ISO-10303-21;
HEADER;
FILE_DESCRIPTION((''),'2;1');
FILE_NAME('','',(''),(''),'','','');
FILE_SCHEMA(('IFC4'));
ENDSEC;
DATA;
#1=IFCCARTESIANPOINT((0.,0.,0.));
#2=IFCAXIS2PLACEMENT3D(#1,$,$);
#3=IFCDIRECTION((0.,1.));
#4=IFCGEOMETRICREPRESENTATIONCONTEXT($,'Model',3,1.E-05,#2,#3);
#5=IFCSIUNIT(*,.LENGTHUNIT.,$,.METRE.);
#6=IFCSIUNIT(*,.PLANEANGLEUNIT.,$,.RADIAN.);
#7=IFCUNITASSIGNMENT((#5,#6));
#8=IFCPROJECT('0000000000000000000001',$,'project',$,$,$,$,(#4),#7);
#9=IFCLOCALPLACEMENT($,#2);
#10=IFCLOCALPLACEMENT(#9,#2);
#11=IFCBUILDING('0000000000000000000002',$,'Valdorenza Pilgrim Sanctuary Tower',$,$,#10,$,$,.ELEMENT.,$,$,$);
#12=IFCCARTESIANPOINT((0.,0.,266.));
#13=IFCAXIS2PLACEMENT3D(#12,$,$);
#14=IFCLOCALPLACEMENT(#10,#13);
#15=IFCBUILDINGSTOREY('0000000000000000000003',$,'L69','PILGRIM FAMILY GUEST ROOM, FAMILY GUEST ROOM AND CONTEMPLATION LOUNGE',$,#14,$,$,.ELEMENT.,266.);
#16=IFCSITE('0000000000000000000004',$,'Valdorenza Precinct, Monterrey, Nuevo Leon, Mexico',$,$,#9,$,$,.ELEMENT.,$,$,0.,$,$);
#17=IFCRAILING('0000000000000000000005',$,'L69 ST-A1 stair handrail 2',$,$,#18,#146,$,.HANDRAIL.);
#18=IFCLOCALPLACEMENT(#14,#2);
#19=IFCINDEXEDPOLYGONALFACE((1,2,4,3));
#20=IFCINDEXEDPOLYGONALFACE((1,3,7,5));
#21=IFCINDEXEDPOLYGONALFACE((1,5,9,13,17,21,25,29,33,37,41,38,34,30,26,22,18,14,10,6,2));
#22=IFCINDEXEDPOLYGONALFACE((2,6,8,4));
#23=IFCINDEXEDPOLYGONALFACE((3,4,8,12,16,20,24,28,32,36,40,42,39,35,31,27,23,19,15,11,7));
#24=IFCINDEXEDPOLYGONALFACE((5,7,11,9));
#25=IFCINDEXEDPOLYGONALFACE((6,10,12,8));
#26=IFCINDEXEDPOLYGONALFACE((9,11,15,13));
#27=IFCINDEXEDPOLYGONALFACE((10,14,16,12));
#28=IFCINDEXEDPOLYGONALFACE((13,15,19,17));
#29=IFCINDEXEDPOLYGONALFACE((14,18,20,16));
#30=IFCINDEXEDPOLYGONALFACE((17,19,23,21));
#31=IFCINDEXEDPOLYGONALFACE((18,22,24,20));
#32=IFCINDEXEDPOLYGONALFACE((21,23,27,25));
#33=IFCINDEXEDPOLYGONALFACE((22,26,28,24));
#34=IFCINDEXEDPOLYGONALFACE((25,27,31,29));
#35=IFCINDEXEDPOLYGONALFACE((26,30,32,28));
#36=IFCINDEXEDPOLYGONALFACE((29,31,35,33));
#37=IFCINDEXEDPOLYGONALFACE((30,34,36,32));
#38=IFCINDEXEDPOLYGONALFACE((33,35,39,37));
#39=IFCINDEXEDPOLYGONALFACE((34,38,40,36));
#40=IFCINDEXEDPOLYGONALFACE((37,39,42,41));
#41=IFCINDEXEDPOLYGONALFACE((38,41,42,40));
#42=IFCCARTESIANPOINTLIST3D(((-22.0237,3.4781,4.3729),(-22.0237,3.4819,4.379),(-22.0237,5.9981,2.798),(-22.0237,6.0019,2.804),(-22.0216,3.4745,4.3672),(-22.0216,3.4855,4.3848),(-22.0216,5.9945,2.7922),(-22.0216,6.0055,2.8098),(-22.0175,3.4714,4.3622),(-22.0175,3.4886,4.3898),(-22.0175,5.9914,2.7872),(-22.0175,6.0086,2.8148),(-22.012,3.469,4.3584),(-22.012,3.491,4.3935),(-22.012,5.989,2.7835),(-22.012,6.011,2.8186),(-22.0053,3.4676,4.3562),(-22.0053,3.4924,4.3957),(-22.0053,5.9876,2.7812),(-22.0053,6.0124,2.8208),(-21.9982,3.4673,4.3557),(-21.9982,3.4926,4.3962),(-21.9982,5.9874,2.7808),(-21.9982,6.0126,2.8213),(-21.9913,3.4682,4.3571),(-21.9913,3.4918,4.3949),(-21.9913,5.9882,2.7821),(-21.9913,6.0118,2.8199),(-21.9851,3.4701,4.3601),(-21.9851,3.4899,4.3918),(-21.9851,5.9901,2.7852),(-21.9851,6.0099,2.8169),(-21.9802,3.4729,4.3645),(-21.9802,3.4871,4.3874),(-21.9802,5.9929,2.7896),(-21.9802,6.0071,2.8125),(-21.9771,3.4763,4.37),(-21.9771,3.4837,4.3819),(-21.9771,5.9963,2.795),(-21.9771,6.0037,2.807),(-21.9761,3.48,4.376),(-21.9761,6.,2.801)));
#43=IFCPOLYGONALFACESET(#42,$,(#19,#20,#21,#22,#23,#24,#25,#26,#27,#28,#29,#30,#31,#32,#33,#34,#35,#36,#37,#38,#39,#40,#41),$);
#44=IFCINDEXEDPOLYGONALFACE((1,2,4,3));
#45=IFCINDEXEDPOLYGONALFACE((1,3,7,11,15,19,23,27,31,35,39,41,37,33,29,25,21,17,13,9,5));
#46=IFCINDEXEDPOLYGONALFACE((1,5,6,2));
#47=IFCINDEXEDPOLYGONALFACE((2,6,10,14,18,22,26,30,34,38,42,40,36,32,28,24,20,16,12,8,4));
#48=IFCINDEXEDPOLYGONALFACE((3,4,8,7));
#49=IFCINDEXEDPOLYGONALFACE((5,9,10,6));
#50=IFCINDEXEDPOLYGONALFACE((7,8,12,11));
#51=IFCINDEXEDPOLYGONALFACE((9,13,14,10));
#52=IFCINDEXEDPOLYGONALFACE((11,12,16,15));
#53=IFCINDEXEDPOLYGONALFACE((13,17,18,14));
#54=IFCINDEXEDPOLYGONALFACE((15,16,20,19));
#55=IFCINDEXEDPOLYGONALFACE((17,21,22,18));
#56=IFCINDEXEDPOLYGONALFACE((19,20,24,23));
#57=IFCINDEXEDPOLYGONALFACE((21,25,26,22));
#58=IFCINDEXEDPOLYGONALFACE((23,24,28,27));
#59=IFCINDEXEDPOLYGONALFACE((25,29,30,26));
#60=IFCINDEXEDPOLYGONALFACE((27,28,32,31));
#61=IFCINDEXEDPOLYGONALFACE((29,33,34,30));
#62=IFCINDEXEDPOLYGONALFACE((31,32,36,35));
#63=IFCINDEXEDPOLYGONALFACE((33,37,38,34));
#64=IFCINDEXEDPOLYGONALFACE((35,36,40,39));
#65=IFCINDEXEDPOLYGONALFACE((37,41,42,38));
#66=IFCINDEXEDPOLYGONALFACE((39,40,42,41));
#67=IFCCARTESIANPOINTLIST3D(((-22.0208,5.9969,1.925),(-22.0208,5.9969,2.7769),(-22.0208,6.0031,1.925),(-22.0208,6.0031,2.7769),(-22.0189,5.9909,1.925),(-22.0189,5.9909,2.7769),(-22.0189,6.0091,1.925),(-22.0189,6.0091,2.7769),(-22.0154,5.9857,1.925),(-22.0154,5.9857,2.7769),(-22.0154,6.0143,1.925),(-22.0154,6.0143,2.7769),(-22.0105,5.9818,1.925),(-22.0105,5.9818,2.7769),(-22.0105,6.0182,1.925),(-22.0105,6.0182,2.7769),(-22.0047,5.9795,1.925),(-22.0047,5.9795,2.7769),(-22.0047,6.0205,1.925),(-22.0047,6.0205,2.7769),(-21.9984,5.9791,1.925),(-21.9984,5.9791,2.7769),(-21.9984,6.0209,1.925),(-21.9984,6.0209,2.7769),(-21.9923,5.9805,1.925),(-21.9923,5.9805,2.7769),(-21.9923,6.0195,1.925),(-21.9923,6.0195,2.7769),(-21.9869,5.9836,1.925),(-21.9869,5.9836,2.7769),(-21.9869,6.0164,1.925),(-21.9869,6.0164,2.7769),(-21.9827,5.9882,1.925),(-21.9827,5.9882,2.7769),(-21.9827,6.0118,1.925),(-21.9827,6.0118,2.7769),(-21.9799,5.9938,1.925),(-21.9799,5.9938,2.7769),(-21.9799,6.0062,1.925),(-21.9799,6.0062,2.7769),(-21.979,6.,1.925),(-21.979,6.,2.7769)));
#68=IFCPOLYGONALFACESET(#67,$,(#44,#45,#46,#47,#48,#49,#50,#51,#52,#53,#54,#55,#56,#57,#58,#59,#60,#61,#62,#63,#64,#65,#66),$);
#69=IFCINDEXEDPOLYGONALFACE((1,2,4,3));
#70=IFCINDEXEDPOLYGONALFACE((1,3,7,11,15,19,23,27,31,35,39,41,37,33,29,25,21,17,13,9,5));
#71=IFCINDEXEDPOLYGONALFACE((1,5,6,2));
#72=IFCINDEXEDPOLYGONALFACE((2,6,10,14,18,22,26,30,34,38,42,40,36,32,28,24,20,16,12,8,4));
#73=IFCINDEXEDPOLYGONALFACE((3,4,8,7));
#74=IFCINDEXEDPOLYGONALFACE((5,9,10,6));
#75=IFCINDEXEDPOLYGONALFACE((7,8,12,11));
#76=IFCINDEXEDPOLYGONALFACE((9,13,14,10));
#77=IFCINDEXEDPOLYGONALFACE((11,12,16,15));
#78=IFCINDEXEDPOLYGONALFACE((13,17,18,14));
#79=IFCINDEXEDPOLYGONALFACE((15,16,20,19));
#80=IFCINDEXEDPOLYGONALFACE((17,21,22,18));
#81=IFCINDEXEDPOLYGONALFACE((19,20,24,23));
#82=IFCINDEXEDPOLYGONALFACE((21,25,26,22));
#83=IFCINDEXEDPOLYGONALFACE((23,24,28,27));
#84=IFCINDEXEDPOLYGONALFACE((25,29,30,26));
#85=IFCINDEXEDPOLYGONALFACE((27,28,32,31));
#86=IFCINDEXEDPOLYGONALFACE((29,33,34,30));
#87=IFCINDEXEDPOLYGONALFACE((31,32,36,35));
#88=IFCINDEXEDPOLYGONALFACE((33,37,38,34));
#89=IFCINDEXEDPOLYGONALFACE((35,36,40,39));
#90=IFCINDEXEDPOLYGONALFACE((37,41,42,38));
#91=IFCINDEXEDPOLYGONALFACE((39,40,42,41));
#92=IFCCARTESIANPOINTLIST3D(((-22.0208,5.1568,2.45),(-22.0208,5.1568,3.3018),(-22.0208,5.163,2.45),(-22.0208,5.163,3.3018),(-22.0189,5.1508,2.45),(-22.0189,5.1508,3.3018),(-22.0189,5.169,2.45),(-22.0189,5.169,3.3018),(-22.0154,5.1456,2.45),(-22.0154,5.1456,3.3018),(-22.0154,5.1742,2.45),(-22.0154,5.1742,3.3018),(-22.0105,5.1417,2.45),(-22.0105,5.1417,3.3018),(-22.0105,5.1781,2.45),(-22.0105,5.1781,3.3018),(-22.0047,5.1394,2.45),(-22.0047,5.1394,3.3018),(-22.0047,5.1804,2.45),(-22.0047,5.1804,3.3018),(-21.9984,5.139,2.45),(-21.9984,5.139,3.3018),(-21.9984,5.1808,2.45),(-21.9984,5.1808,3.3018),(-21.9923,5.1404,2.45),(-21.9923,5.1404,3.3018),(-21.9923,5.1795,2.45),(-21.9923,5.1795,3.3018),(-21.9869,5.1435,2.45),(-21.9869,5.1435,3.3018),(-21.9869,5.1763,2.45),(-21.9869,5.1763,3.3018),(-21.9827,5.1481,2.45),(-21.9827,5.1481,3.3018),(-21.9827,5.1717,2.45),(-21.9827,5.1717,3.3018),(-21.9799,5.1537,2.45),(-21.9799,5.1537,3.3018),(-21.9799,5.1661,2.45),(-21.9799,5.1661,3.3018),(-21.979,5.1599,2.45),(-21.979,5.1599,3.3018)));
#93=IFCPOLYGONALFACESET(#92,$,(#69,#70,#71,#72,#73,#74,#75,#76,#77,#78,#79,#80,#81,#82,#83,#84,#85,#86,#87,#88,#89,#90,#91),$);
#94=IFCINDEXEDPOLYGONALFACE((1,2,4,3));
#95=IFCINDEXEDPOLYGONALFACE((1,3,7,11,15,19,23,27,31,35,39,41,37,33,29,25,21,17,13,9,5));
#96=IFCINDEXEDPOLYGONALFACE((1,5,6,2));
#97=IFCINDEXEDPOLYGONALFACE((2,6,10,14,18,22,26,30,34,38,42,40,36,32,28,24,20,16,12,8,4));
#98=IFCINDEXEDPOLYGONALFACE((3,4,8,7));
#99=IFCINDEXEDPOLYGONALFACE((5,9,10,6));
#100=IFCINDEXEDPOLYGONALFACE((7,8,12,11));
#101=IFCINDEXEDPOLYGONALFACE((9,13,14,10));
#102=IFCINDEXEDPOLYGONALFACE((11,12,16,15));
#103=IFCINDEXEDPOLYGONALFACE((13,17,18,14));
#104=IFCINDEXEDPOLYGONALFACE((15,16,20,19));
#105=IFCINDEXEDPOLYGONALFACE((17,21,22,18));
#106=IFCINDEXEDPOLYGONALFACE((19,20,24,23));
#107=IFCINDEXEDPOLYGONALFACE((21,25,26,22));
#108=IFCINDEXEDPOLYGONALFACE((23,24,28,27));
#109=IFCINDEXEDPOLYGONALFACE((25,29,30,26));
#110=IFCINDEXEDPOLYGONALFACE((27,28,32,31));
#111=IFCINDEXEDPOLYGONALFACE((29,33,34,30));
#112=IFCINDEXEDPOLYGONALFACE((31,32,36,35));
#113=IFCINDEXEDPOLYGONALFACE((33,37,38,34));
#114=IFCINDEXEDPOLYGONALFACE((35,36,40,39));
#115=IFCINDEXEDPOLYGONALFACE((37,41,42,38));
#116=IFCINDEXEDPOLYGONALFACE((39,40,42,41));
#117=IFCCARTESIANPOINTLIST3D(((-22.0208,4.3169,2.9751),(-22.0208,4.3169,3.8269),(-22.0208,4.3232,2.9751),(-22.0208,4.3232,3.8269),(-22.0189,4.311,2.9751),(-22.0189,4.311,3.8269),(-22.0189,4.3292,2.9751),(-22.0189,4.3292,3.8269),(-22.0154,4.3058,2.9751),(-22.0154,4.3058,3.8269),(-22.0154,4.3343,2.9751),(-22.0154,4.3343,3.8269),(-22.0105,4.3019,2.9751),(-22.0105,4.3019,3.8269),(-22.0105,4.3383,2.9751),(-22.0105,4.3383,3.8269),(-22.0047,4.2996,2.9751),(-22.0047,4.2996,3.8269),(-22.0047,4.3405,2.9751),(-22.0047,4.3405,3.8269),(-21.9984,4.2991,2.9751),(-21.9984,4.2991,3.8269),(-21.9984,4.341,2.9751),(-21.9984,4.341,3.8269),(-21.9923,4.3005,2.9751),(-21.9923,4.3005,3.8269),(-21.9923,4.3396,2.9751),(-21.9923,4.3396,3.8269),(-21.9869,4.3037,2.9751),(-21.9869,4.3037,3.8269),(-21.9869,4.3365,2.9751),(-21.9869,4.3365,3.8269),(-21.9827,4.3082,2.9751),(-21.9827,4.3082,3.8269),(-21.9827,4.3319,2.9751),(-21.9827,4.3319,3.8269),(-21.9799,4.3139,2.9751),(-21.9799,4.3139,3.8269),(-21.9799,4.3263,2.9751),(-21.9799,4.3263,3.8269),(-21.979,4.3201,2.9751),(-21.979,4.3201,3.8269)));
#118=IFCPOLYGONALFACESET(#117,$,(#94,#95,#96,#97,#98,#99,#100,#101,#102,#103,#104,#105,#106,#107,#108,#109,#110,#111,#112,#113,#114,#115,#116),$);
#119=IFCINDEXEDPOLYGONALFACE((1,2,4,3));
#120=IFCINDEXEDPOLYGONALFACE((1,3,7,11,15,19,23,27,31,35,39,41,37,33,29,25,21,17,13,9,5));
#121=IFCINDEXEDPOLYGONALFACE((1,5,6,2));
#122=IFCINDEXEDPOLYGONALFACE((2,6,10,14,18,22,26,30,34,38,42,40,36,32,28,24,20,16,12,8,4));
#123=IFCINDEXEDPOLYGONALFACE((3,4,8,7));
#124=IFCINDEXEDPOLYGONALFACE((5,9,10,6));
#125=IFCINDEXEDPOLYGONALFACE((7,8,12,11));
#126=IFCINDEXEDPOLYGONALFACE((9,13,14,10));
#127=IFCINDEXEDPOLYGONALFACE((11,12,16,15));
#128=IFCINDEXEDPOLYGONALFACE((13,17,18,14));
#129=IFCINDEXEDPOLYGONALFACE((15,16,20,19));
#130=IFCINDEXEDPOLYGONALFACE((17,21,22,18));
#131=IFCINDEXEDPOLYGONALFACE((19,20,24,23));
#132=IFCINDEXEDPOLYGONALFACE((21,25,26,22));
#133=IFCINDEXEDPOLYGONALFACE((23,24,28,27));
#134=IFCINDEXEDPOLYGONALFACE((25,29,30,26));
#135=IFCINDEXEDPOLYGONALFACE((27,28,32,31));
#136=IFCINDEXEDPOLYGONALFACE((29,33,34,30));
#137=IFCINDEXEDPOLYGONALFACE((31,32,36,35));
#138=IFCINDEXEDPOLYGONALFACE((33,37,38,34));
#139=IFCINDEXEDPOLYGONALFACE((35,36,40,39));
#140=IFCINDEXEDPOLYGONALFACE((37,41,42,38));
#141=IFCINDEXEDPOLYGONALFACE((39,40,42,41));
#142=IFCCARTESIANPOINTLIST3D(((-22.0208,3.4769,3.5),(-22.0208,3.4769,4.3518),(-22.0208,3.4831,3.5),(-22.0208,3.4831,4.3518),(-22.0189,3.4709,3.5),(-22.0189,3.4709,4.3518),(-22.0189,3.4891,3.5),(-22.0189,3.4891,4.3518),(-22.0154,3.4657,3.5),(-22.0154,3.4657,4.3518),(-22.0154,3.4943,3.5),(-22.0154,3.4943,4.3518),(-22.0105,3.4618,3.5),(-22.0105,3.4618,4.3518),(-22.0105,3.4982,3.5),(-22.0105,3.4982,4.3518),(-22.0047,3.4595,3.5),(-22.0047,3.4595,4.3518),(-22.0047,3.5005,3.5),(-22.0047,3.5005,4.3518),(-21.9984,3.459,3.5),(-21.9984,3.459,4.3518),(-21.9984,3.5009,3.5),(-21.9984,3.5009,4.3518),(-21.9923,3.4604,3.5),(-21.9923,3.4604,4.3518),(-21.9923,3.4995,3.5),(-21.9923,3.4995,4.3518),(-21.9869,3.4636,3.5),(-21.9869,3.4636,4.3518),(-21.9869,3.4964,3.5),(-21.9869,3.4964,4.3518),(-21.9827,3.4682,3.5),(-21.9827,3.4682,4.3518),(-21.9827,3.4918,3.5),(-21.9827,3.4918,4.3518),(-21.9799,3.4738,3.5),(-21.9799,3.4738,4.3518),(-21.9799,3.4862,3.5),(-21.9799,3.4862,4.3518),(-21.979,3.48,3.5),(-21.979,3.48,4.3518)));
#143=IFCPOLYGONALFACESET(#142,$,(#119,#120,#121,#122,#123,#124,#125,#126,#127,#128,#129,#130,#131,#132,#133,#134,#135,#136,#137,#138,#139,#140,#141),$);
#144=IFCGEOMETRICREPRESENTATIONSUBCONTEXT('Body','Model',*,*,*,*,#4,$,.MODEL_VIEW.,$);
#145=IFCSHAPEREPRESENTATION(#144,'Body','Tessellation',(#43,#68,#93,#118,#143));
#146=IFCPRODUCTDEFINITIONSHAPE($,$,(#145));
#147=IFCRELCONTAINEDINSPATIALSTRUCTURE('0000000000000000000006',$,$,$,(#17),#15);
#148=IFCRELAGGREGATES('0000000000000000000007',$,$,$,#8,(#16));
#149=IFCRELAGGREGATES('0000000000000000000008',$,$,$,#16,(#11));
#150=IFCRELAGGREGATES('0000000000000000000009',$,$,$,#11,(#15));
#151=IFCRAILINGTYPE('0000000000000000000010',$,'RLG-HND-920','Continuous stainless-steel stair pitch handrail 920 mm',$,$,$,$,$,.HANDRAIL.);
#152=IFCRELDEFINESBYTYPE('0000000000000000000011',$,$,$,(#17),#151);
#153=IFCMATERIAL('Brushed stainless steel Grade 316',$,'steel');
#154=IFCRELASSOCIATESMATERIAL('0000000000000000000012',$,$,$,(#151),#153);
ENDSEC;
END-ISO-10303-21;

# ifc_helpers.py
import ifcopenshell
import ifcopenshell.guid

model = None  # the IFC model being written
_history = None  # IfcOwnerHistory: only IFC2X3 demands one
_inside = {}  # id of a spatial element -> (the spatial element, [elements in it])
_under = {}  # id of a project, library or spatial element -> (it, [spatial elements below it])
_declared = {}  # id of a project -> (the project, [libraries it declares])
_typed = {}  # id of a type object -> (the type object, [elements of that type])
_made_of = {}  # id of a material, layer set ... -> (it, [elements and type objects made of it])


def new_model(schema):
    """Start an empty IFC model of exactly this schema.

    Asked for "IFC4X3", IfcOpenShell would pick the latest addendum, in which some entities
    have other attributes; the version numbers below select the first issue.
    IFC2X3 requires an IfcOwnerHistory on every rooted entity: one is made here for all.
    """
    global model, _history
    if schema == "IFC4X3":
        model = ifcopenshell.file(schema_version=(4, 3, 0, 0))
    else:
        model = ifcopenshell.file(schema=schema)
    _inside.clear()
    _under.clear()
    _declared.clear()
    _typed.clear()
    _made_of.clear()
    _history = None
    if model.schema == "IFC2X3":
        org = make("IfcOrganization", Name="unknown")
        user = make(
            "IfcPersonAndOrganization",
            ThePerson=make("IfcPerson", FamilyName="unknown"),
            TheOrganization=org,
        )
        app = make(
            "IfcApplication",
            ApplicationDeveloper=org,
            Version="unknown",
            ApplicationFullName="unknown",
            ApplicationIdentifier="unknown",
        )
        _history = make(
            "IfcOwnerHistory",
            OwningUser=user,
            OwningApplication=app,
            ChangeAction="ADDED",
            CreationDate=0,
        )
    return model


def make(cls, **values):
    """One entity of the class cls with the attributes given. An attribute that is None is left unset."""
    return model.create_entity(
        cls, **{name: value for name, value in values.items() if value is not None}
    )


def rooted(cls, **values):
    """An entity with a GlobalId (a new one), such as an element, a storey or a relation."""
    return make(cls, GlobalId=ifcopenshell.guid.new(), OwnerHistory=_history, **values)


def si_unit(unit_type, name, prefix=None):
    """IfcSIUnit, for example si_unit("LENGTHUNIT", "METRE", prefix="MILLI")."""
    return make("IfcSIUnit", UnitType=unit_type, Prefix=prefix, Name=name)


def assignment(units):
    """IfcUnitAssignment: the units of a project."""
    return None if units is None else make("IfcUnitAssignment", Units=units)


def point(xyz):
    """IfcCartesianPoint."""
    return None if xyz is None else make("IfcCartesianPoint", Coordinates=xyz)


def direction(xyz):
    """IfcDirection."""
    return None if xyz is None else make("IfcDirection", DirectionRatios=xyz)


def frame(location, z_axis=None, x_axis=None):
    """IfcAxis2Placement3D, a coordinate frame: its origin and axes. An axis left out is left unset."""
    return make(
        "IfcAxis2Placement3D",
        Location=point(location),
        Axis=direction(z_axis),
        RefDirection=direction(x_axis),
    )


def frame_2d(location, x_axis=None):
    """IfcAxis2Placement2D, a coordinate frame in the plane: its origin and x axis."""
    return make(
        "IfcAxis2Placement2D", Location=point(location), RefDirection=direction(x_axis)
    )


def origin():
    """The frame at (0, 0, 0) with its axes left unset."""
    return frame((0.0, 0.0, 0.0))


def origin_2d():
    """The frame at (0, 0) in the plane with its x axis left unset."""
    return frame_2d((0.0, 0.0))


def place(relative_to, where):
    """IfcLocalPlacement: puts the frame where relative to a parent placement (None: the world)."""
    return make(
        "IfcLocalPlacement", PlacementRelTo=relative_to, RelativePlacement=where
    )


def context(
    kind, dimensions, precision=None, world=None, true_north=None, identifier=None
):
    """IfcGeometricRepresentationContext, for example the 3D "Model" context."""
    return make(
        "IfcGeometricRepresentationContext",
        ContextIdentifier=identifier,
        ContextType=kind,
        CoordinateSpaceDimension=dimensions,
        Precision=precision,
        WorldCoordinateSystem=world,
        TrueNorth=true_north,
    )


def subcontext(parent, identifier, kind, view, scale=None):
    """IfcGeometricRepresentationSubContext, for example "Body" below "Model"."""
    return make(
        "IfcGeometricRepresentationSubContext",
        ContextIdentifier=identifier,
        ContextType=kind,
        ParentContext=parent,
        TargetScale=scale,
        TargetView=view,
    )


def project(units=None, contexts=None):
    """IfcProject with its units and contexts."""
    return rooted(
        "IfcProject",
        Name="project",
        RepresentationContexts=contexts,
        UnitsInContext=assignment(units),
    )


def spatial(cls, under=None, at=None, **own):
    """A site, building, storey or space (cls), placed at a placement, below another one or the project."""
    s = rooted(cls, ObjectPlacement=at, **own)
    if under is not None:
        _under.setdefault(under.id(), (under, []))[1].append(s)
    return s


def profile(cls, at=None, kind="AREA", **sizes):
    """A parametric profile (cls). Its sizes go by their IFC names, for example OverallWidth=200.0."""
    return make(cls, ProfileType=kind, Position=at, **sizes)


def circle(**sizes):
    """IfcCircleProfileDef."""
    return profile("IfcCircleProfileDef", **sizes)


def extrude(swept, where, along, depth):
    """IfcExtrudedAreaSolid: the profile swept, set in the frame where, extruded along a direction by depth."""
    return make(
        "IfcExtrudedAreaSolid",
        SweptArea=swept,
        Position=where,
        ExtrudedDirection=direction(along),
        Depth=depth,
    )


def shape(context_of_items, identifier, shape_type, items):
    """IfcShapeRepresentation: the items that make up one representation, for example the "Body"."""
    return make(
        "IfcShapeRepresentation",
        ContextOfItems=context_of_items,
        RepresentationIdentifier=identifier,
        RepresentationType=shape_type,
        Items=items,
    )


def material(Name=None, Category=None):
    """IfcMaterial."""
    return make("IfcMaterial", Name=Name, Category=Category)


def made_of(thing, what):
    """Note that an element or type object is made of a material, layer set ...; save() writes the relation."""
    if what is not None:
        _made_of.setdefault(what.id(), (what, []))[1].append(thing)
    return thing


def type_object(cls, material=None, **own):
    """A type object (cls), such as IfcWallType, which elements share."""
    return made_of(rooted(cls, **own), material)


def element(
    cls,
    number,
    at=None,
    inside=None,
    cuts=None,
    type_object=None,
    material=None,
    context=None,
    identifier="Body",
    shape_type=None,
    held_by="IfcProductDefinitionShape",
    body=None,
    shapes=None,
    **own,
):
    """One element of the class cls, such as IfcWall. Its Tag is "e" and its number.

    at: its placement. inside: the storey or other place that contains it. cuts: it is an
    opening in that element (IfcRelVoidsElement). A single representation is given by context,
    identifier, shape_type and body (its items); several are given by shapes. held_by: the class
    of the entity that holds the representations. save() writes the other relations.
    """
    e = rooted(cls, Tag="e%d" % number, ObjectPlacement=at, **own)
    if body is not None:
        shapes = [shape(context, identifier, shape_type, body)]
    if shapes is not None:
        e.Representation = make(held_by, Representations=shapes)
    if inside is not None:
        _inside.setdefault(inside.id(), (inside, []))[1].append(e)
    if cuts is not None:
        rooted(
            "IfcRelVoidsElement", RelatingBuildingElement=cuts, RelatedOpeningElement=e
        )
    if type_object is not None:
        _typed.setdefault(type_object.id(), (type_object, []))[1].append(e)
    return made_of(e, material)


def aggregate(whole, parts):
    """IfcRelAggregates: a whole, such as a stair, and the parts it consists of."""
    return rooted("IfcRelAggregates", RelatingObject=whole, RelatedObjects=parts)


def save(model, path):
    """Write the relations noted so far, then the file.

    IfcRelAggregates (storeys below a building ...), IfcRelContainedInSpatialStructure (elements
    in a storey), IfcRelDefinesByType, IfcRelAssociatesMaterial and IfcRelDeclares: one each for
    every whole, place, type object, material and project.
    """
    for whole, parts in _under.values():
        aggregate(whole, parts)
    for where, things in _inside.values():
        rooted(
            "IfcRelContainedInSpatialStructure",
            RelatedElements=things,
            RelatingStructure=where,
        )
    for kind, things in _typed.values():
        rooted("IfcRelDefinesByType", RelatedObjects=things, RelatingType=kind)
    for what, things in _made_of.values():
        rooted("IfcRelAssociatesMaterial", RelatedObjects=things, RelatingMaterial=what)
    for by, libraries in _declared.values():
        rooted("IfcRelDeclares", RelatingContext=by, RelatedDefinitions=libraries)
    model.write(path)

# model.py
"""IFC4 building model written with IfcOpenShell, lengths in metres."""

from ifc_helpers import new_model, si_unit, direction, frame, origin, origin_2d, place, context, subcontext, project, spatial, circle, extrude, material, type_object, element, save


model = new_model("IFC4")

# Units and contexts
model_context = context("Model", 3, precision=1e-05, world=origin(), true_north=direction((0.0, 1.0)))
body_context = subcontext(model_context, "Body", "Model", "MODEL_VIEW")
ifc_project = project(units=[si_unit("LENGTHUNIT", "METRE"), si_unit("PLANEANGLEUNIT", "RADIAN")], contexts=[model_context])

# Site, building, storey
site_placement = place(None, origin())
site = spatial("IfcSite", under=ifc_project, at=site_placement, Name="Valdorenza Precinct, Monterrey, Nuevo Leon, Mexico", CompositionType="ELEMENT", RefElevation=0.0)
building_placement = place(site_placement, origin())
building = spatial("IfcBuilding", under=site, at=building_placement, Name="Valdorenza Pilgrim Sanctuary Tower", CompositionType="ELEMENT")
storey_placement = place(building_placement, frame((0.0, 0.0, 266.0)))
storey = spatial("IfcBuildingStorey", under=building, at=storey_placement, Name="L69", Description="PILGRIM FAMILY GUEST ROOM, FAMILY GUEST ROOM AND CONTEMPLATION LOUNGE", CompositionType="ELEMENT", Elevation=266.0)

# Shared definitions
ifc_material_1 = material(Name="Brushed stainless steel Grade 316", Category="steel")

# Railing
railing_type_1 = type_object("IfcRailingType", Name="RLG-HND-920", Description="Continuous stainless-steel stair pitch handrail 920 mm", PredefinedType="HANDRAIL", material=ifc_material_1)
railing_1_placement = place(storey_placement, frame((-22.0, 6.0, 1.925)))
element("IfcRailing", 1, at=railing_1_placement, inside=storey, type_object=railing_type_1, Name="L69 ST-A1 stair handrail 2", PredefinedType="HANDRAIL", context=body_context, shape_type="SweptSolid", body=[
    extrude(circle(Radius=0.0239, at=origin_2d()), frame((0.0, 0.0, 0.876), z_axis=(0.0, -0.848008, 0.529984), x_axis=(1.0, 0.0, 0.0)), (0.0, 0.0, 1.0), 2.9717),
    extrude(circle(Radius=0.021, at=origin_2d()), origin(), (0.0, 0.0, 1.0), 0.8518),
    extrude(circle(Radius=0.021, at=origin_2d()), frame((0.0, -0.8401, 0.5249)), (0.0, 0.0, 1.0), 0.8518),
    extrude(circle(Radius=0.021, at=origin_2d()), frame((0.0, -1.6799, 1.05)), (0.0, 0.0, 1.0), 0.8518),
    extrude(circle(Radius=0.021, at=origin_2d()), frame((0.0, -2.52, 1.575)), (0.0, 0.0, 1.0), 0.8518),
])

save(model, "model.ifc")
